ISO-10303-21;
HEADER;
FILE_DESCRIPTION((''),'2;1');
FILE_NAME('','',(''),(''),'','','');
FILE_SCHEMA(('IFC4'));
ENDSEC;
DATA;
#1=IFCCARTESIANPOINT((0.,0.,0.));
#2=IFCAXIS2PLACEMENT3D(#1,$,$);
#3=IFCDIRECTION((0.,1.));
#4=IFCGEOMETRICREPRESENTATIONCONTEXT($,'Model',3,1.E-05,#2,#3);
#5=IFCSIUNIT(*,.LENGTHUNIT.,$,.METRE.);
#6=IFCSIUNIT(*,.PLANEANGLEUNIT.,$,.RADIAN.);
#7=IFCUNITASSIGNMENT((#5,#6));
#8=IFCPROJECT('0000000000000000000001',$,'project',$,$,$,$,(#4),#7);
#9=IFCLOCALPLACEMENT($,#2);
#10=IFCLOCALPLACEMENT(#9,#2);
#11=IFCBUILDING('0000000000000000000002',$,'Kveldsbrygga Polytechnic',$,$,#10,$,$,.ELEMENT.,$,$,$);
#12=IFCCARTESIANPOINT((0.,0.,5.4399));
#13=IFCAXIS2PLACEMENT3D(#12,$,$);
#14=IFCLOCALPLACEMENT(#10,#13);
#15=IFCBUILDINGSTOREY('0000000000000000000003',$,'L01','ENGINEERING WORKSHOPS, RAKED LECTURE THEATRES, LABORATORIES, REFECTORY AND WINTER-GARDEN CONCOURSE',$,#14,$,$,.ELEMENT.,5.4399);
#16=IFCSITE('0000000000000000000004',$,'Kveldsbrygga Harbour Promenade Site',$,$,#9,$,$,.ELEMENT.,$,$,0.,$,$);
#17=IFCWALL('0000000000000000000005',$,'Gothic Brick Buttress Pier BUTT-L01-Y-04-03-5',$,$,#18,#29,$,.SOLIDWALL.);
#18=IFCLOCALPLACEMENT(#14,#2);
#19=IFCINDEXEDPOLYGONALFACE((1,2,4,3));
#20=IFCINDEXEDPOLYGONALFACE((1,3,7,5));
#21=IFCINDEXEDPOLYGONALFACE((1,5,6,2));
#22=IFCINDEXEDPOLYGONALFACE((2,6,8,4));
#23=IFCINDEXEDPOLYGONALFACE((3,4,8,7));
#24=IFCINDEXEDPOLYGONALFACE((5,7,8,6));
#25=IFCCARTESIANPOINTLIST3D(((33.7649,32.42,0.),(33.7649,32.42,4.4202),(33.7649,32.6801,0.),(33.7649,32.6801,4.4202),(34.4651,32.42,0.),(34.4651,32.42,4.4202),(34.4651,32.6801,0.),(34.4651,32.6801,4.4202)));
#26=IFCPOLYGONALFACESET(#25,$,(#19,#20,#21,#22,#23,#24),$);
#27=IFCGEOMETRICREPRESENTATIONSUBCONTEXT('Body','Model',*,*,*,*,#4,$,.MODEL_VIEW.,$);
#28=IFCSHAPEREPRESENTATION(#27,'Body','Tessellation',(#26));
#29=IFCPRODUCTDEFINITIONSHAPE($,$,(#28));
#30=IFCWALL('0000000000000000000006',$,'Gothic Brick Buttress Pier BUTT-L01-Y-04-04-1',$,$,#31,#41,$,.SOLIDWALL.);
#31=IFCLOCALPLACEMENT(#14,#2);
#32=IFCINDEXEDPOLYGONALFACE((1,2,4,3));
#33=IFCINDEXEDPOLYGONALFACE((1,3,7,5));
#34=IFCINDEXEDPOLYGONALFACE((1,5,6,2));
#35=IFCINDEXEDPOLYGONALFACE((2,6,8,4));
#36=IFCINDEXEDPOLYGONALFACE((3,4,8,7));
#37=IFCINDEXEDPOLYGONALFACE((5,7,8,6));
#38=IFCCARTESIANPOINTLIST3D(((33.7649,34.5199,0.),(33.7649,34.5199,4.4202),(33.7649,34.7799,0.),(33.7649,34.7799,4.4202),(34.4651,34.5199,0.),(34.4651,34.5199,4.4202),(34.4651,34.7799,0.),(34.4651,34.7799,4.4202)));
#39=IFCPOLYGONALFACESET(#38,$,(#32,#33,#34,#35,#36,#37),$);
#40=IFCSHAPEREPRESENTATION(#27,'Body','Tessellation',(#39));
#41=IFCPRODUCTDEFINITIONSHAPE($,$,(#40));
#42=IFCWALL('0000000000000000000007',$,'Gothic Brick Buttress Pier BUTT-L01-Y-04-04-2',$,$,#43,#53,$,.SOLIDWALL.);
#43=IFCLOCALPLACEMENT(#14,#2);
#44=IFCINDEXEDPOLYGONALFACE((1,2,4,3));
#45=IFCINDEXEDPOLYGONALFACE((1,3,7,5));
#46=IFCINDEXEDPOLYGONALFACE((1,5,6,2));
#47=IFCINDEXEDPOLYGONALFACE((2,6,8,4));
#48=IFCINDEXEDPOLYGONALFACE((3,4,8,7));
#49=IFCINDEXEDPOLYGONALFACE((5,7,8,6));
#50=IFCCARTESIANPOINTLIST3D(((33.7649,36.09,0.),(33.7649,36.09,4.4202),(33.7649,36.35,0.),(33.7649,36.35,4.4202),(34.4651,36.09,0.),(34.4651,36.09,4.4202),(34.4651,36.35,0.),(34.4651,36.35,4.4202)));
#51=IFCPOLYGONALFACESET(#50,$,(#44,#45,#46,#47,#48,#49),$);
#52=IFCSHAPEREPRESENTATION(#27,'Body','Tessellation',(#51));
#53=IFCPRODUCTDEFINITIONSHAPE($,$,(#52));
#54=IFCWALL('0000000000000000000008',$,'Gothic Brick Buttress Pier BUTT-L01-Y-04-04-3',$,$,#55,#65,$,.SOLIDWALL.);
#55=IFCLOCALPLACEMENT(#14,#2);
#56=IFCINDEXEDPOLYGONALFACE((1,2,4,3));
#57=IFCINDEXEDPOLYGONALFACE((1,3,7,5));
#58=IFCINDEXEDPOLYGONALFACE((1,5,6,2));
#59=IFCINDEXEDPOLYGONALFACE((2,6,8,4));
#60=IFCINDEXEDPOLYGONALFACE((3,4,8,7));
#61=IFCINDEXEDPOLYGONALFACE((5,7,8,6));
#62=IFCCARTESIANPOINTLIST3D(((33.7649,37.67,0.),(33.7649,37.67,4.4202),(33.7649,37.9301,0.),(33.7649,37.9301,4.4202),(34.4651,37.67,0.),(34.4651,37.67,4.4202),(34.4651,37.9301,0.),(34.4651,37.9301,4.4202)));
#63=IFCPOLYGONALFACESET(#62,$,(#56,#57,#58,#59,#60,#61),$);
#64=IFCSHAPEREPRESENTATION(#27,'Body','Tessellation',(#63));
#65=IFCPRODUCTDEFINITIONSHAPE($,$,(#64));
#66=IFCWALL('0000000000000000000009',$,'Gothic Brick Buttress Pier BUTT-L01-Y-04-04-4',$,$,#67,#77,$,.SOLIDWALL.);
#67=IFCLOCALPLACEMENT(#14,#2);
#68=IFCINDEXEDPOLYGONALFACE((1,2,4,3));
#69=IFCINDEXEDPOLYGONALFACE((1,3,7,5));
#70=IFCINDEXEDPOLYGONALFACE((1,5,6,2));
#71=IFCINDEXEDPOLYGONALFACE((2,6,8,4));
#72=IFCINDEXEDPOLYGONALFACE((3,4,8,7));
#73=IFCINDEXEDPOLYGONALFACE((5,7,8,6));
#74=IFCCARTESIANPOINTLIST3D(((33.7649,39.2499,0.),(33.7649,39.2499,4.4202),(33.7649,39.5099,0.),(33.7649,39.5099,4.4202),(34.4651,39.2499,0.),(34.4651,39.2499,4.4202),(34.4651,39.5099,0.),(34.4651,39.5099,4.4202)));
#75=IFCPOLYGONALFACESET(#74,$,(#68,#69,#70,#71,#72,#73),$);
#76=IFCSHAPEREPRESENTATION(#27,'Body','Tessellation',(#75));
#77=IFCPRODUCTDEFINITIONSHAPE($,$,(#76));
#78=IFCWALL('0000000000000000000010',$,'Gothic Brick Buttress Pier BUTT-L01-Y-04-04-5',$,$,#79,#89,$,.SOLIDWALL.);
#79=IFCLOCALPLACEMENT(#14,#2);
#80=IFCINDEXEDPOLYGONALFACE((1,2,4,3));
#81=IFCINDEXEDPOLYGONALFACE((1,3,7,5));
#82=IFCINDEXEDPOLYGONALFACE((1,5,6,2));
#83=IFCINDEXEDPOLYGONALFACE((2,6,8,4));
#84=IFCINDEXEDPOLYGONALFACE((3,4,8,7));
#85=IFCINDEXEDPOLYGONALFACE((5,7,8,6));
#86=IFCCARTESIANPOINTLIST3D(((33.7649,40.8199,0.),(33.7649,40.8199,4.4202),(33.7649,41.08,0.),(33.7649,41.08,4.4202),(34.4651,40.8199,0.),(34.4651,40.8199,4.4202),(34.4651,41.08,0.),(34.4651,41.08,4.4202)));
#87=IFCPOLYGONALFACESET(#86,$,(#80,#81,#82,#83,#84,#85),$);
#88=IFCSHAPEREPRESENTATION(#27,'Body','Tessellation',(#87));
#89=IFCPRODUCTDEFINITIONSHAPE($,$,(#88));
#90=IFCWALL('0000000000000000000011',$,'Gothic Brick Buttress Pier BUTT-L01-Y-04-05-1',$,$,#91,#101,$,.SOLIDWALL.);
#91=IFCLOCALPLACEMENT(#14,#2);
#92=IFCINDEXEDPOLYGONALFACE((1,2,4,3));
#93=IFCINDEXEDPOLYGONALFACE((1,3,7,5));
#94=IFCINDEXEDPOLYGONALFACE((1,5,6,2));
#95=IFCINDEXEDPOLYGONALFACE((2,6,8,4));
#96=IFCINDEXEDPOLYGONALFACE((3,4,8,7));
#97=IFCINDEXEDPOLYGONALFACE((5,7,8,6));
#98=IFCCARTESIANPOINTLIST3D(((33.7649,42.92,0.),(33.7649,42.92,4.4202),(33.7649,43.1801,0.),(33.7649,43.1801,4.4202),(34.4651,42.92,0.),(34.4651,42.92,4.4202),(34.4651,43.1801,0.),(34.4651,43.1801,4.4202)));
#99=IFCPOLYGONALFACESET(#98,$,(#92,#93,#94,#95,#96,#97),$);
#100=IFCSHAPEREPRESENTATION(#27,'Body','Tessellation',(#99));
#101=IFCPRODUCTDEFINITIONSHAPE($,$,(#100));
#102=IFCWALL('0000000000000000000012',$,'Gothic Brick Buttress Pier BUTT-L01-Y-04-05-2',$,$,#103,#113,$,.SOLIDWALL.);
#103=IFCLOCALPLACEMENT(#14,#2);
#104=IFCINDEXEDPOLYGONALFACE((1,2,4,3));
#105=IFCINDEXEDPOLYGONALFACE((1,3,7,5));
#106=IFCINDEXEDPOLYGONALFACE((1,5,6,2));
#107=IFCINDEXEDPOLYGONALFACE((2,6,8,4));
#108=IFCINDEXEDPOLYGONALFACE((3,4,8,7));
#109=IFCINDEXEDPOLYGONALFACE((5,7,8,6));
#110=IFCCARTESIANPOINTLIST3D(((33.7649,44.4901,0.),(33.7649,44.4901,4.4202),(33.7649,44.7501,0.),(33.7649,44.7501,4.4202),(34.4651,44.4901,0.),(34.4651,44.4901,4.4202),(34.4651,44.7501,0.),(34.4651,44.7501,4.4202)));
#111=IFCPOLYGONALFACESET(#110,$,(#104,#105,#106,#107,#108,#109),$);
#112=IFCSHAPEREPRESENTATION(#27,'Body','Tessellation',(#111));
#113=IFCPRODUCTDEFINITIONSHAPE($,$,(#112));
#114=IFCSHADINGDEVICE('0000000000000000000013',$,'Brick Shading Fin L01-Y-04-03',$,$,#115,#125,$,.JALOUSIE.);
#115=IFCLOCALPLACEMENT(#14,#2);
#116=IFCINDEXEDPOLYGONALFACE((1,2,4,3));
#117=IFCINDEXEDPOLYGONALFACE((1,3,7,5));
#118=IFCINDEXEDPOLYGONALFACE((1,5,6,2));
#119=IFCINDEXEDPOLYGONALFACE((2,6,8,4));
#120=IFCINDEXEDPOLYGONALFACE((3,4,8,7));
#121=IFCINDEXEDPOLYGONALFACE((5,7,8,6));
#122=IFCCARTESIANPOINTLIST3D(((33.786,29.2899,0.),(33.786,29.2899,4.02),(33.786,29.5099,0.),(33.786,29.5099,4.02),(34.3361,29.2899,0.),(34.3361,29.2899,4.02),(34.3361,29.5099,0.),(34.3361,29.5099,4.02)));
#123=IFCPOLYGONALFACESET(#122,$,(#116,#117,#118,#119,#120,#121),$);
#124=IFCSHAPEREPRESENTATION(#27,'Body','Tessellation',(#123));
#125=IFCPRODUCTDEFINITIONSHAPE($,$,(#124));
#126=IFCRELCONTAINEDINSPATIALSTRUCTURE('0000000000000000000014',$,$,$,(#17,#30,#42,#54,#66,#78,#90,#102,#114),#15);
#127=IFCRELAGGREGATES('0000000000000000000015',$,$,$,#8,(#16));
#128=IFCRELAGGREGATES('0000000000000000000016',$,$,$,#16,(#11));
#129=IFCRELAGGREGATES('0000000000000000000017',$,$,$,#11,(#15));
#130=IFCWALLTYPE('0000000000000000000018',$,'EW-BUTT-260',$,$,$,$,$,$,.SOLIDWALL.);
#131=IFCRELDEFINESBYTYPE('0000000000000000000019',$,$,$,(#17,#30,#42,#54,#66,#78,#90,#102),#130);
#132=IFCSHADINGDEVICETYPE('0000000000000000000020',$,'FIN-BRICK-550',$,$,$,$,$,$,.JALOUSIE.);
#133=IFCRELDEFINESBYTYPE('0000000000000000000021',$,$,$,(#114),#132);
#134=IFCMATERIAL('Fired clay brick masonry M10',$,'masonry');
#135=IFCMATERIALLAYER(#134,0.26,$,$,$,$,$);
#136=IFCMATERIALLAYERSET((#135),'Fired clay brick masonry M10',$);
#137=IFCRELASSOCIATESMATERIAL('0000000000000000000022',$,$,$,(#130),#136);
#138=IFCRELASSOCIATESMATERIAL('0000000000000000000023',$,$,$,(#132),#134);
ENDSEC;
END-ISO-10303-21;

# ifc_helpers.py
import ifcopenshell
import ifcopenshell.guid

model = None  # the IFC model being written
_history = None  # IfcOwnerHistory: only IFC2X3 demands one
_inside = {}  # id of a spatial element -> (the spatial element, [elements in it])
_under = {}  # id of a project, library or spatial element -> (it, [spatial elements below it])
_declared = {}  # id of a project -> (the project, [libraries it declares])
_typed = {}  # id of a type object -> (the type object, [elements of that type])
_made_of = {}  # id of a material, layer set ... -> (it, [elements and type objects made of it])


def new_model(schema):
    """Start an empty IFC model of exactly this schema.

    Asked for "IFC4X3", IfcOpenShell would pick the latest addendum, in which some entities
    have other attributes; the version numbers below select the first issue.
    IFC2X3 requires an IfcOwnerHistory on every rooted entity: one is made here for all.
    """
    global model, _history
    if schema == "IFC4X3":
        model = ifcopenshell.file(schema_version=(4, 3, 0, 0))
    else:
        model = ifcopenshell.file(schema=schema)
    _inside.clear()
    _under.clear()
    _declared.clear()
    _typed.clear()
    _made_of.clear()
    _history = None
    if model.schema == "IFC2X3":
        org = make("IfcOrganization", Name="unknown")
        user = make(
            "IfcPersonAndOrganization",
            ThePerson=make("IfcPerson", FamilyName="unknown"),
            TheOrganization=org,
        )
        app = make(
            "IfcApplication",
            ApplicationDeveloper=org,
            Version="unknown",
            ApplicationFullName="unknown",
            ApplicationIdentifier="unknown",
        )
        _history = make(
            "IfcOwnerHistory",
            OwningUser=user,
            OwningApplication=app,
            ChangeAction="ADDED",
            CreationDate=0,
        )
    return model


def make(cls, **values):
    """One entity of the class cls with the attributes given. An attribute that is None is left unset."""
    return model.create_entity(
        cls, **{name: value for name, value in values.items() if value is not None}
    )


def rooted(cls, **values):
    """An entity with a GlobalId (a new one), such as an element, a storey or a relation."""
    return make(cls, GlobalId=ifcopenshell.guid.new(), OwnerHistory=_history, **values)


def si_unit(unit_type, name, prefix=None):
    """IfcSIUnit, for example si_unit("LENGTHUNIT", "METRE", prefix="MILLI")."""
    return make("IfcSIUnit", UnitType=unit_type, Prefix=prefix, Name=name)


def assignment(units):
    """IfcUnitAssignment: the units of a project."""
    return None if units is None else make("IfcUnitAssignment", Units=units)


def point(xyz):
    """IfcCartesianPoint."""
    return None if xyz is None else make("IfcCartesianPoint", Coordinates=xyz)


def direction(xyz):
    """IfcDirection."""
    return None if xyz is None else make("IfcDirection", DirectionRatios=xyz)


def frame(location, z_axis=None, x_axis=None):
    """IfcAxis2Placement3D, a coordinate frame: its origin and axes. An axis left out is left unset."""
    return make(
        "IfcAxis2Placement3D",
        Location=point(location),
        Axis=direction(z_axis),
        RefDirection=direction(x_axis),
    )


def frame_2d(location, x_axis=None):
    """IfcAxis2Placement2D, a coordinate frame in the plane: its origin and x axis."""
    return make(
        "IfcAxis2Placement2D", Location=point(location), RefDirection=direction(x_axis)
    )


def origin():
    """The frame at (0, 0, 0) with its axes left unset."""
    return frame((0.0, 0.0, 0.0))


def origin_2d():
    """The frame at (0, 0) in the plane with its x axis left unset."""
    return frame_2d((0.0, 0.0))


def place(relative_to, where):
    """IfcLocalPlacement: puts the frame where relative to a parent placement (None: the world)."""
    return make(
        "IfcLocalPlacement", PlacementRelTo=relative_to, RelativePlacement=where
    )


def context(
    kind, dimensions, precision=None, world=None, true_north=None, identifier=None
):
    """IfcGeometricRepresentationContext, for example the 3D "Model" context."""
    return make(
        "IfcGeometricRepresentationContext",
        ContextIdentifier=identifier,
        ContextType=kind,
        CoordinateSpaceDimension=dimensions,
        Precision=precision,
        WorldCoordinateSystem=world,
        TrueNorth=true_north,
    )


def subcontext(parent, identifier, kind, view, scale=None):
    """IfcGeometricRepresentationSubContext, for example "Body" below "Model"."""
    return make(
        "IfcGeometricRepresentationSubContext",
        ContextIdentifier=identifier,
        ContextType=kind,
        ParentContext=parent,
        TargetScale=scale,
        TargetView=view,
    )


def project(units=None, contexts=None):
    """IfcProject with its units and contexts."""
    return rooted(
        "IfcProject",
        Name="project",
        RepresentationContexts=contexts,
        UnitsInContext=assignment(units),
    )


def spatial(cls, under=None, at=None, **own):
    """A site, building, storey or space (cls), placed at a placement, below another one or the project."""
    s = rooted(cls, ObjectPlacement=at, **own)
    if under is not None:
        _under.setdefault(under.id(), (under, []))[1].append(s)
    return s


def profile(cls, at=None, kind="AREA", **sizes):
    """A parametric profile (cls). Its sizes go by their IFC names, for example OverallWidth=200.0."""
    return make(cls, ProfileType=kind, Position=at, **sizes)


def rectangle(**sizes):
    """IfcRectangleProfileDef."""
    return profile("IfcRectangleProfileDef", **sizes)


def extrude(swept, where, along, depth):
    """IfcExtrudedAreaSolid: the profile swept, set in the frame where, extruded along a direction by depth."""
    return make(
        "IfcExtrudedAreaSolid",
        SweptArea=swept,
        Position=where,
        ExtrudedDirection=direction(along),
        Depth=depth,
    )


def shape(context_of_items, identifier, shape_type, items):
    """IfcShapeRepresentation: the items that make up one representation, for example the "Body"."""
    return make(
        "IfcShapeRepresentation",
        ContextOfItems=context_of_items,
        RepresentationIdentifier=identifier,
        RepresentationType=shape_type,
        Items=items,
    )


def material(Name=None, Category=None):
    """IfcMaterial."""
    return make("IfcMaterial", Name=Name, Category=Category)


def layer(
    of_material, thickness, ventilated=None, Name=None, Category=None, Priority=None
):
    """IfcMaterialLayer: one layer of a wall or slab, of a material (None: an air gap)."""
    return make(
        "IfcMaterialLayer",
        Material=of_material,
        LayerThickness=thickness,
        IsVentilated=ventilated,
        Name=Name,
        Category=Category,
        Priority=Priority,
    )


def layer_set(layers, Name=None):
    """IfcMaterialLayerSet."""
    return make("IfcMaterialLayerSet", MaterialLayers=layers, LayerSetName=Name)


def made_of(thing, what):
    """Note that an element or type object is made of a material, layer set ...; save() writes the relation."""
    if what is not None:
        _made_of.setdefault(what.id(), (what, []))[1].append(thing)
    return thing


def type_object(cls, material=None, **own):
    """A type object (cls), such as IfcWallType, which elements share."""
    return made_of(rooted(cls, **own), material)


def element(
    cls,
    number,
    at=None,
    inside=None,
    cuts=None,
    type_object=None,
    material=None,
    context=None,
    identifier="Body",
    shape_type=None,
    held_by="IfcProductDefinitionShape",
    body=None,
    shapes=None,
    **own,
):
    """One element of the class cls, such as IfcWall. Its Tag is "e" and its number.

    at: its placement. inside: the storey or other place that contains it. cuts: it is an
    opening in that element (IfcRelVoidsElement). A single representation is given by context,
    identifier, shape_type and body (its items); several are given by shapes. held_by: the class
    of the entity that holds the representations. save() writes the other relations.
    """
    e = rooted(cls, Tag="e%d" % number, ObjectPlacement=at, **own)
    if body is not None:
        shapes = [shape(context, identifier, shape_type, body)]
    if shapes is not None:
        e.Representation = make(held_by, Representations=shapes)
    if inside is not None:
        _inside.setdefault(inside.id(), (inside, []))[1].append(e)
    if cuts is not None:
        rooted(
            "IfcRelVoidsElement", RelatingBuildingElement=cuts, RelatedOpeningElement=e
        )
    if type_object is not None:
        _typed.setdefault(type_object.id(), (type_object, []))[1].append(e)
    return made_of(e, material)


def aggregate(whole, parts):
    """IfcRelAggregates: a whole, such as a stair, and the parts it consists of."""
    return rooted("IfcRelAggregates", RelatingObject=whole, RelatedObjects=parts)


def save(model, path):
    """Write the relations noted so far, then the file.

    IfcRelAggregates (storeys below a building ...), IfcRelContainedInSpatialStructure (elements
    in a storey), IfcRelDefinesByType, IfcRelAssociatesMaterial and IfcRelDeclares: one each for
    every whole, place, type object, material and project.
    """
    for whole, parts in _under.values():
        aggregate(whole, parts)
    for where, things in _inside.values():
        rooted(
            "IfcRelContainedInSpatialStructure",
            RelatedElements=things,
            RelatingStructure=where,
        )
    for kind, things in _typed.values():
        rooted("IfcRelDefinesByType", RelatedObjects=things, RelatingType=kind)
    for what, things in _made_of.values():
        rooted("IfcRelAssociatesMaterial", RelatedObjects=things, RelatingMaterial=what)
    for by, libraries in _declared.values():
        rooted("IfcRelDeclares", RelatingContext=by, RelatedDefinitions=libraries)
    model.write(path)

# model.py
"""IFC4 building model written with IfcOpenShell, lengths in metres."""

from ifc_helpers import new_model, si_unit, direction, frame, frame_2d, origin, origin_2d, place, context, subcontext, project, spatial, rectangle, extrude, material, layer, layer_set, type_object, element, save


model = new_model("IFC4")

# Units and contexts
model_context = context("Model", 3, precision=1e-05, world=origin(), true_north=direction((0.0, 1.0)))
body_context = subcontext(model_context, "Body", "Model", "MODEL_VIEW")
ifc_project = project(units=[si_unit("LENGTHUNIT", "METRE"), si_unit("PLANEANGLEUNIT", "RADIAN")], contexts=[model_context])

# Site, building, storey
site_placement = place(None, origin())
site = spatial("IfcSite", under=ifc_project, at=site_placement, Name="Kveldsbrygga Harbour Promenade Site", CompositionType="ELEMENT", RefElevation=0.0)
building_placement = place(site_placement, origin())
building = spatial("IfcBuilding", under=site, at=building_placement, Name="Kveldsbrygga Polytechnic", CompositionType="ELEMENT")
storey_placement = place(building_placement, frame((0.0, 0.0, 5.4399)))
storey = spatial("IfcBuildingStorey", under=building, at=storey_placement, Name="L01", Description="ENGINEERING WORKSHOPS, RAKED LECTURE THEATRES, LABORATORIES, REFECTORY AND WINTER-GARDEN CONCOURSE", CompositionType="ELEMENT", Elevation=5.4399)

# Walls
ifc_material_1 = material(Name="Fired clay brick masonry M10", Category="masonry")
ifc_layer_1 = layer(ifc_material_1, 0.26)
ifc_layer_set_1 = layer_set([ifc_layer_1], Name="Fired clay brick masonry M10")
wall_type = type_object("IfcWallType", Name="EW-BUTT-260", PredefinedType="SOLIDWALL", material=ifc_layer_set_1)
for number, where, z_axis, x_axis, name in (
    (1, (33.7649, 32.55, 0.0), (0.0, 0.0, 1.0), (1.0, 0.0, 0.0), "Gothic Brick Buttress Pier BUTT-L01-Y-04-03-5"),
    (2, (33.7649, 34.6499, 0.0), (0.0, 0.0, 1.0), (1.0, 0.0, 0.0), "Gothic Brick Buttress Pier BUTT-L01-Y-04-04-1"),
    (3, (33.7649, 36.22, 0.0), (0.0, 0.0, 1.0), (1.0, 0.0, 0.0), "Gothic Brick Buttress Pier BUTT-L01-Y-04-04-2"),
    (4, (33.7649, 37.8, 0.0), (0.0, 0.0, 1.0), (1.0, 0.0, 0.0), "Gothic Brick Buttress Pier BUTT-L01-Y-04-04-3"),
    (5, (33.7649, 39.3799, 0.0), (0.0, 0.0, 1.0), (1.0, 0.0, 0.0), "Gothic Brick Buttress Pier BUTT-L01-Y-04-04-4"),
    (6, (33.7649, 40.95, 0.0), (0.0, 0.0, 1.0), (1.0, 0.0, 0.0), "Gothic Brick Buttress Pier BUTT-L01-Y-04-04-5"),
    (7, (33.7649, 43.05, 0.0), (0.0, 0.0, 1.0), (1.0, 0.0, 0.0), "Gothic Brick Buttress Pier BUTT-L01-Y-04-05-1"),
    (8, (33.7649, 44.6201, 0.0), (0.0, 0.0, 1.0), (1.0, 0.0, 0.0), "Gothic Brick Buttress Pier BUTT-L01-Y-04-05-2"),
):
    element("IfcWall", number, at=place(storey_placement, frame(where, z_axis=z_axis, x_axis=x_axis)), inside=storey, type_object=wall_type, Name=name, PredefinedType="SOLIDWALL", context=body_context, shape_type="SweptSolid", body=[
        extrude(rectangle(XDim=0.7002, YDim=0.26, at=frame_2d((0.3501, 0.0))), origin(), (0.0, 0.0, 1.0), 4.4202),
    ])

# Shading device
shading_device_type = type_object("IfcShadingDeviceType", Name="FIN-BRICK-550", PredefinedType="JALOUSIE", material=ifc_material_1)
shading_device_placement = place(storey_placement, frame((34.061, 29.3999, 0.0), z_axis=(0.0, 0.0, 1.0), x_axis=(0.0, 1.0, 0.0)))
element("IfcShadingDevice", 9, at=shading_device_placement, inside=storey, type_object=shading_device_type, Name="Brick Shading Fin L01-Y-04-03", PredefinedType="JALOUSIE", context=body_context, shape_type="SweptSolid", body=[
    extrude(rectangle(XDim=0.22, YDim=0.55, at=origin_2d()), origin(), (0.0, 0.0, 1.0), 4.02),
])

save(model, "model.ifc")
